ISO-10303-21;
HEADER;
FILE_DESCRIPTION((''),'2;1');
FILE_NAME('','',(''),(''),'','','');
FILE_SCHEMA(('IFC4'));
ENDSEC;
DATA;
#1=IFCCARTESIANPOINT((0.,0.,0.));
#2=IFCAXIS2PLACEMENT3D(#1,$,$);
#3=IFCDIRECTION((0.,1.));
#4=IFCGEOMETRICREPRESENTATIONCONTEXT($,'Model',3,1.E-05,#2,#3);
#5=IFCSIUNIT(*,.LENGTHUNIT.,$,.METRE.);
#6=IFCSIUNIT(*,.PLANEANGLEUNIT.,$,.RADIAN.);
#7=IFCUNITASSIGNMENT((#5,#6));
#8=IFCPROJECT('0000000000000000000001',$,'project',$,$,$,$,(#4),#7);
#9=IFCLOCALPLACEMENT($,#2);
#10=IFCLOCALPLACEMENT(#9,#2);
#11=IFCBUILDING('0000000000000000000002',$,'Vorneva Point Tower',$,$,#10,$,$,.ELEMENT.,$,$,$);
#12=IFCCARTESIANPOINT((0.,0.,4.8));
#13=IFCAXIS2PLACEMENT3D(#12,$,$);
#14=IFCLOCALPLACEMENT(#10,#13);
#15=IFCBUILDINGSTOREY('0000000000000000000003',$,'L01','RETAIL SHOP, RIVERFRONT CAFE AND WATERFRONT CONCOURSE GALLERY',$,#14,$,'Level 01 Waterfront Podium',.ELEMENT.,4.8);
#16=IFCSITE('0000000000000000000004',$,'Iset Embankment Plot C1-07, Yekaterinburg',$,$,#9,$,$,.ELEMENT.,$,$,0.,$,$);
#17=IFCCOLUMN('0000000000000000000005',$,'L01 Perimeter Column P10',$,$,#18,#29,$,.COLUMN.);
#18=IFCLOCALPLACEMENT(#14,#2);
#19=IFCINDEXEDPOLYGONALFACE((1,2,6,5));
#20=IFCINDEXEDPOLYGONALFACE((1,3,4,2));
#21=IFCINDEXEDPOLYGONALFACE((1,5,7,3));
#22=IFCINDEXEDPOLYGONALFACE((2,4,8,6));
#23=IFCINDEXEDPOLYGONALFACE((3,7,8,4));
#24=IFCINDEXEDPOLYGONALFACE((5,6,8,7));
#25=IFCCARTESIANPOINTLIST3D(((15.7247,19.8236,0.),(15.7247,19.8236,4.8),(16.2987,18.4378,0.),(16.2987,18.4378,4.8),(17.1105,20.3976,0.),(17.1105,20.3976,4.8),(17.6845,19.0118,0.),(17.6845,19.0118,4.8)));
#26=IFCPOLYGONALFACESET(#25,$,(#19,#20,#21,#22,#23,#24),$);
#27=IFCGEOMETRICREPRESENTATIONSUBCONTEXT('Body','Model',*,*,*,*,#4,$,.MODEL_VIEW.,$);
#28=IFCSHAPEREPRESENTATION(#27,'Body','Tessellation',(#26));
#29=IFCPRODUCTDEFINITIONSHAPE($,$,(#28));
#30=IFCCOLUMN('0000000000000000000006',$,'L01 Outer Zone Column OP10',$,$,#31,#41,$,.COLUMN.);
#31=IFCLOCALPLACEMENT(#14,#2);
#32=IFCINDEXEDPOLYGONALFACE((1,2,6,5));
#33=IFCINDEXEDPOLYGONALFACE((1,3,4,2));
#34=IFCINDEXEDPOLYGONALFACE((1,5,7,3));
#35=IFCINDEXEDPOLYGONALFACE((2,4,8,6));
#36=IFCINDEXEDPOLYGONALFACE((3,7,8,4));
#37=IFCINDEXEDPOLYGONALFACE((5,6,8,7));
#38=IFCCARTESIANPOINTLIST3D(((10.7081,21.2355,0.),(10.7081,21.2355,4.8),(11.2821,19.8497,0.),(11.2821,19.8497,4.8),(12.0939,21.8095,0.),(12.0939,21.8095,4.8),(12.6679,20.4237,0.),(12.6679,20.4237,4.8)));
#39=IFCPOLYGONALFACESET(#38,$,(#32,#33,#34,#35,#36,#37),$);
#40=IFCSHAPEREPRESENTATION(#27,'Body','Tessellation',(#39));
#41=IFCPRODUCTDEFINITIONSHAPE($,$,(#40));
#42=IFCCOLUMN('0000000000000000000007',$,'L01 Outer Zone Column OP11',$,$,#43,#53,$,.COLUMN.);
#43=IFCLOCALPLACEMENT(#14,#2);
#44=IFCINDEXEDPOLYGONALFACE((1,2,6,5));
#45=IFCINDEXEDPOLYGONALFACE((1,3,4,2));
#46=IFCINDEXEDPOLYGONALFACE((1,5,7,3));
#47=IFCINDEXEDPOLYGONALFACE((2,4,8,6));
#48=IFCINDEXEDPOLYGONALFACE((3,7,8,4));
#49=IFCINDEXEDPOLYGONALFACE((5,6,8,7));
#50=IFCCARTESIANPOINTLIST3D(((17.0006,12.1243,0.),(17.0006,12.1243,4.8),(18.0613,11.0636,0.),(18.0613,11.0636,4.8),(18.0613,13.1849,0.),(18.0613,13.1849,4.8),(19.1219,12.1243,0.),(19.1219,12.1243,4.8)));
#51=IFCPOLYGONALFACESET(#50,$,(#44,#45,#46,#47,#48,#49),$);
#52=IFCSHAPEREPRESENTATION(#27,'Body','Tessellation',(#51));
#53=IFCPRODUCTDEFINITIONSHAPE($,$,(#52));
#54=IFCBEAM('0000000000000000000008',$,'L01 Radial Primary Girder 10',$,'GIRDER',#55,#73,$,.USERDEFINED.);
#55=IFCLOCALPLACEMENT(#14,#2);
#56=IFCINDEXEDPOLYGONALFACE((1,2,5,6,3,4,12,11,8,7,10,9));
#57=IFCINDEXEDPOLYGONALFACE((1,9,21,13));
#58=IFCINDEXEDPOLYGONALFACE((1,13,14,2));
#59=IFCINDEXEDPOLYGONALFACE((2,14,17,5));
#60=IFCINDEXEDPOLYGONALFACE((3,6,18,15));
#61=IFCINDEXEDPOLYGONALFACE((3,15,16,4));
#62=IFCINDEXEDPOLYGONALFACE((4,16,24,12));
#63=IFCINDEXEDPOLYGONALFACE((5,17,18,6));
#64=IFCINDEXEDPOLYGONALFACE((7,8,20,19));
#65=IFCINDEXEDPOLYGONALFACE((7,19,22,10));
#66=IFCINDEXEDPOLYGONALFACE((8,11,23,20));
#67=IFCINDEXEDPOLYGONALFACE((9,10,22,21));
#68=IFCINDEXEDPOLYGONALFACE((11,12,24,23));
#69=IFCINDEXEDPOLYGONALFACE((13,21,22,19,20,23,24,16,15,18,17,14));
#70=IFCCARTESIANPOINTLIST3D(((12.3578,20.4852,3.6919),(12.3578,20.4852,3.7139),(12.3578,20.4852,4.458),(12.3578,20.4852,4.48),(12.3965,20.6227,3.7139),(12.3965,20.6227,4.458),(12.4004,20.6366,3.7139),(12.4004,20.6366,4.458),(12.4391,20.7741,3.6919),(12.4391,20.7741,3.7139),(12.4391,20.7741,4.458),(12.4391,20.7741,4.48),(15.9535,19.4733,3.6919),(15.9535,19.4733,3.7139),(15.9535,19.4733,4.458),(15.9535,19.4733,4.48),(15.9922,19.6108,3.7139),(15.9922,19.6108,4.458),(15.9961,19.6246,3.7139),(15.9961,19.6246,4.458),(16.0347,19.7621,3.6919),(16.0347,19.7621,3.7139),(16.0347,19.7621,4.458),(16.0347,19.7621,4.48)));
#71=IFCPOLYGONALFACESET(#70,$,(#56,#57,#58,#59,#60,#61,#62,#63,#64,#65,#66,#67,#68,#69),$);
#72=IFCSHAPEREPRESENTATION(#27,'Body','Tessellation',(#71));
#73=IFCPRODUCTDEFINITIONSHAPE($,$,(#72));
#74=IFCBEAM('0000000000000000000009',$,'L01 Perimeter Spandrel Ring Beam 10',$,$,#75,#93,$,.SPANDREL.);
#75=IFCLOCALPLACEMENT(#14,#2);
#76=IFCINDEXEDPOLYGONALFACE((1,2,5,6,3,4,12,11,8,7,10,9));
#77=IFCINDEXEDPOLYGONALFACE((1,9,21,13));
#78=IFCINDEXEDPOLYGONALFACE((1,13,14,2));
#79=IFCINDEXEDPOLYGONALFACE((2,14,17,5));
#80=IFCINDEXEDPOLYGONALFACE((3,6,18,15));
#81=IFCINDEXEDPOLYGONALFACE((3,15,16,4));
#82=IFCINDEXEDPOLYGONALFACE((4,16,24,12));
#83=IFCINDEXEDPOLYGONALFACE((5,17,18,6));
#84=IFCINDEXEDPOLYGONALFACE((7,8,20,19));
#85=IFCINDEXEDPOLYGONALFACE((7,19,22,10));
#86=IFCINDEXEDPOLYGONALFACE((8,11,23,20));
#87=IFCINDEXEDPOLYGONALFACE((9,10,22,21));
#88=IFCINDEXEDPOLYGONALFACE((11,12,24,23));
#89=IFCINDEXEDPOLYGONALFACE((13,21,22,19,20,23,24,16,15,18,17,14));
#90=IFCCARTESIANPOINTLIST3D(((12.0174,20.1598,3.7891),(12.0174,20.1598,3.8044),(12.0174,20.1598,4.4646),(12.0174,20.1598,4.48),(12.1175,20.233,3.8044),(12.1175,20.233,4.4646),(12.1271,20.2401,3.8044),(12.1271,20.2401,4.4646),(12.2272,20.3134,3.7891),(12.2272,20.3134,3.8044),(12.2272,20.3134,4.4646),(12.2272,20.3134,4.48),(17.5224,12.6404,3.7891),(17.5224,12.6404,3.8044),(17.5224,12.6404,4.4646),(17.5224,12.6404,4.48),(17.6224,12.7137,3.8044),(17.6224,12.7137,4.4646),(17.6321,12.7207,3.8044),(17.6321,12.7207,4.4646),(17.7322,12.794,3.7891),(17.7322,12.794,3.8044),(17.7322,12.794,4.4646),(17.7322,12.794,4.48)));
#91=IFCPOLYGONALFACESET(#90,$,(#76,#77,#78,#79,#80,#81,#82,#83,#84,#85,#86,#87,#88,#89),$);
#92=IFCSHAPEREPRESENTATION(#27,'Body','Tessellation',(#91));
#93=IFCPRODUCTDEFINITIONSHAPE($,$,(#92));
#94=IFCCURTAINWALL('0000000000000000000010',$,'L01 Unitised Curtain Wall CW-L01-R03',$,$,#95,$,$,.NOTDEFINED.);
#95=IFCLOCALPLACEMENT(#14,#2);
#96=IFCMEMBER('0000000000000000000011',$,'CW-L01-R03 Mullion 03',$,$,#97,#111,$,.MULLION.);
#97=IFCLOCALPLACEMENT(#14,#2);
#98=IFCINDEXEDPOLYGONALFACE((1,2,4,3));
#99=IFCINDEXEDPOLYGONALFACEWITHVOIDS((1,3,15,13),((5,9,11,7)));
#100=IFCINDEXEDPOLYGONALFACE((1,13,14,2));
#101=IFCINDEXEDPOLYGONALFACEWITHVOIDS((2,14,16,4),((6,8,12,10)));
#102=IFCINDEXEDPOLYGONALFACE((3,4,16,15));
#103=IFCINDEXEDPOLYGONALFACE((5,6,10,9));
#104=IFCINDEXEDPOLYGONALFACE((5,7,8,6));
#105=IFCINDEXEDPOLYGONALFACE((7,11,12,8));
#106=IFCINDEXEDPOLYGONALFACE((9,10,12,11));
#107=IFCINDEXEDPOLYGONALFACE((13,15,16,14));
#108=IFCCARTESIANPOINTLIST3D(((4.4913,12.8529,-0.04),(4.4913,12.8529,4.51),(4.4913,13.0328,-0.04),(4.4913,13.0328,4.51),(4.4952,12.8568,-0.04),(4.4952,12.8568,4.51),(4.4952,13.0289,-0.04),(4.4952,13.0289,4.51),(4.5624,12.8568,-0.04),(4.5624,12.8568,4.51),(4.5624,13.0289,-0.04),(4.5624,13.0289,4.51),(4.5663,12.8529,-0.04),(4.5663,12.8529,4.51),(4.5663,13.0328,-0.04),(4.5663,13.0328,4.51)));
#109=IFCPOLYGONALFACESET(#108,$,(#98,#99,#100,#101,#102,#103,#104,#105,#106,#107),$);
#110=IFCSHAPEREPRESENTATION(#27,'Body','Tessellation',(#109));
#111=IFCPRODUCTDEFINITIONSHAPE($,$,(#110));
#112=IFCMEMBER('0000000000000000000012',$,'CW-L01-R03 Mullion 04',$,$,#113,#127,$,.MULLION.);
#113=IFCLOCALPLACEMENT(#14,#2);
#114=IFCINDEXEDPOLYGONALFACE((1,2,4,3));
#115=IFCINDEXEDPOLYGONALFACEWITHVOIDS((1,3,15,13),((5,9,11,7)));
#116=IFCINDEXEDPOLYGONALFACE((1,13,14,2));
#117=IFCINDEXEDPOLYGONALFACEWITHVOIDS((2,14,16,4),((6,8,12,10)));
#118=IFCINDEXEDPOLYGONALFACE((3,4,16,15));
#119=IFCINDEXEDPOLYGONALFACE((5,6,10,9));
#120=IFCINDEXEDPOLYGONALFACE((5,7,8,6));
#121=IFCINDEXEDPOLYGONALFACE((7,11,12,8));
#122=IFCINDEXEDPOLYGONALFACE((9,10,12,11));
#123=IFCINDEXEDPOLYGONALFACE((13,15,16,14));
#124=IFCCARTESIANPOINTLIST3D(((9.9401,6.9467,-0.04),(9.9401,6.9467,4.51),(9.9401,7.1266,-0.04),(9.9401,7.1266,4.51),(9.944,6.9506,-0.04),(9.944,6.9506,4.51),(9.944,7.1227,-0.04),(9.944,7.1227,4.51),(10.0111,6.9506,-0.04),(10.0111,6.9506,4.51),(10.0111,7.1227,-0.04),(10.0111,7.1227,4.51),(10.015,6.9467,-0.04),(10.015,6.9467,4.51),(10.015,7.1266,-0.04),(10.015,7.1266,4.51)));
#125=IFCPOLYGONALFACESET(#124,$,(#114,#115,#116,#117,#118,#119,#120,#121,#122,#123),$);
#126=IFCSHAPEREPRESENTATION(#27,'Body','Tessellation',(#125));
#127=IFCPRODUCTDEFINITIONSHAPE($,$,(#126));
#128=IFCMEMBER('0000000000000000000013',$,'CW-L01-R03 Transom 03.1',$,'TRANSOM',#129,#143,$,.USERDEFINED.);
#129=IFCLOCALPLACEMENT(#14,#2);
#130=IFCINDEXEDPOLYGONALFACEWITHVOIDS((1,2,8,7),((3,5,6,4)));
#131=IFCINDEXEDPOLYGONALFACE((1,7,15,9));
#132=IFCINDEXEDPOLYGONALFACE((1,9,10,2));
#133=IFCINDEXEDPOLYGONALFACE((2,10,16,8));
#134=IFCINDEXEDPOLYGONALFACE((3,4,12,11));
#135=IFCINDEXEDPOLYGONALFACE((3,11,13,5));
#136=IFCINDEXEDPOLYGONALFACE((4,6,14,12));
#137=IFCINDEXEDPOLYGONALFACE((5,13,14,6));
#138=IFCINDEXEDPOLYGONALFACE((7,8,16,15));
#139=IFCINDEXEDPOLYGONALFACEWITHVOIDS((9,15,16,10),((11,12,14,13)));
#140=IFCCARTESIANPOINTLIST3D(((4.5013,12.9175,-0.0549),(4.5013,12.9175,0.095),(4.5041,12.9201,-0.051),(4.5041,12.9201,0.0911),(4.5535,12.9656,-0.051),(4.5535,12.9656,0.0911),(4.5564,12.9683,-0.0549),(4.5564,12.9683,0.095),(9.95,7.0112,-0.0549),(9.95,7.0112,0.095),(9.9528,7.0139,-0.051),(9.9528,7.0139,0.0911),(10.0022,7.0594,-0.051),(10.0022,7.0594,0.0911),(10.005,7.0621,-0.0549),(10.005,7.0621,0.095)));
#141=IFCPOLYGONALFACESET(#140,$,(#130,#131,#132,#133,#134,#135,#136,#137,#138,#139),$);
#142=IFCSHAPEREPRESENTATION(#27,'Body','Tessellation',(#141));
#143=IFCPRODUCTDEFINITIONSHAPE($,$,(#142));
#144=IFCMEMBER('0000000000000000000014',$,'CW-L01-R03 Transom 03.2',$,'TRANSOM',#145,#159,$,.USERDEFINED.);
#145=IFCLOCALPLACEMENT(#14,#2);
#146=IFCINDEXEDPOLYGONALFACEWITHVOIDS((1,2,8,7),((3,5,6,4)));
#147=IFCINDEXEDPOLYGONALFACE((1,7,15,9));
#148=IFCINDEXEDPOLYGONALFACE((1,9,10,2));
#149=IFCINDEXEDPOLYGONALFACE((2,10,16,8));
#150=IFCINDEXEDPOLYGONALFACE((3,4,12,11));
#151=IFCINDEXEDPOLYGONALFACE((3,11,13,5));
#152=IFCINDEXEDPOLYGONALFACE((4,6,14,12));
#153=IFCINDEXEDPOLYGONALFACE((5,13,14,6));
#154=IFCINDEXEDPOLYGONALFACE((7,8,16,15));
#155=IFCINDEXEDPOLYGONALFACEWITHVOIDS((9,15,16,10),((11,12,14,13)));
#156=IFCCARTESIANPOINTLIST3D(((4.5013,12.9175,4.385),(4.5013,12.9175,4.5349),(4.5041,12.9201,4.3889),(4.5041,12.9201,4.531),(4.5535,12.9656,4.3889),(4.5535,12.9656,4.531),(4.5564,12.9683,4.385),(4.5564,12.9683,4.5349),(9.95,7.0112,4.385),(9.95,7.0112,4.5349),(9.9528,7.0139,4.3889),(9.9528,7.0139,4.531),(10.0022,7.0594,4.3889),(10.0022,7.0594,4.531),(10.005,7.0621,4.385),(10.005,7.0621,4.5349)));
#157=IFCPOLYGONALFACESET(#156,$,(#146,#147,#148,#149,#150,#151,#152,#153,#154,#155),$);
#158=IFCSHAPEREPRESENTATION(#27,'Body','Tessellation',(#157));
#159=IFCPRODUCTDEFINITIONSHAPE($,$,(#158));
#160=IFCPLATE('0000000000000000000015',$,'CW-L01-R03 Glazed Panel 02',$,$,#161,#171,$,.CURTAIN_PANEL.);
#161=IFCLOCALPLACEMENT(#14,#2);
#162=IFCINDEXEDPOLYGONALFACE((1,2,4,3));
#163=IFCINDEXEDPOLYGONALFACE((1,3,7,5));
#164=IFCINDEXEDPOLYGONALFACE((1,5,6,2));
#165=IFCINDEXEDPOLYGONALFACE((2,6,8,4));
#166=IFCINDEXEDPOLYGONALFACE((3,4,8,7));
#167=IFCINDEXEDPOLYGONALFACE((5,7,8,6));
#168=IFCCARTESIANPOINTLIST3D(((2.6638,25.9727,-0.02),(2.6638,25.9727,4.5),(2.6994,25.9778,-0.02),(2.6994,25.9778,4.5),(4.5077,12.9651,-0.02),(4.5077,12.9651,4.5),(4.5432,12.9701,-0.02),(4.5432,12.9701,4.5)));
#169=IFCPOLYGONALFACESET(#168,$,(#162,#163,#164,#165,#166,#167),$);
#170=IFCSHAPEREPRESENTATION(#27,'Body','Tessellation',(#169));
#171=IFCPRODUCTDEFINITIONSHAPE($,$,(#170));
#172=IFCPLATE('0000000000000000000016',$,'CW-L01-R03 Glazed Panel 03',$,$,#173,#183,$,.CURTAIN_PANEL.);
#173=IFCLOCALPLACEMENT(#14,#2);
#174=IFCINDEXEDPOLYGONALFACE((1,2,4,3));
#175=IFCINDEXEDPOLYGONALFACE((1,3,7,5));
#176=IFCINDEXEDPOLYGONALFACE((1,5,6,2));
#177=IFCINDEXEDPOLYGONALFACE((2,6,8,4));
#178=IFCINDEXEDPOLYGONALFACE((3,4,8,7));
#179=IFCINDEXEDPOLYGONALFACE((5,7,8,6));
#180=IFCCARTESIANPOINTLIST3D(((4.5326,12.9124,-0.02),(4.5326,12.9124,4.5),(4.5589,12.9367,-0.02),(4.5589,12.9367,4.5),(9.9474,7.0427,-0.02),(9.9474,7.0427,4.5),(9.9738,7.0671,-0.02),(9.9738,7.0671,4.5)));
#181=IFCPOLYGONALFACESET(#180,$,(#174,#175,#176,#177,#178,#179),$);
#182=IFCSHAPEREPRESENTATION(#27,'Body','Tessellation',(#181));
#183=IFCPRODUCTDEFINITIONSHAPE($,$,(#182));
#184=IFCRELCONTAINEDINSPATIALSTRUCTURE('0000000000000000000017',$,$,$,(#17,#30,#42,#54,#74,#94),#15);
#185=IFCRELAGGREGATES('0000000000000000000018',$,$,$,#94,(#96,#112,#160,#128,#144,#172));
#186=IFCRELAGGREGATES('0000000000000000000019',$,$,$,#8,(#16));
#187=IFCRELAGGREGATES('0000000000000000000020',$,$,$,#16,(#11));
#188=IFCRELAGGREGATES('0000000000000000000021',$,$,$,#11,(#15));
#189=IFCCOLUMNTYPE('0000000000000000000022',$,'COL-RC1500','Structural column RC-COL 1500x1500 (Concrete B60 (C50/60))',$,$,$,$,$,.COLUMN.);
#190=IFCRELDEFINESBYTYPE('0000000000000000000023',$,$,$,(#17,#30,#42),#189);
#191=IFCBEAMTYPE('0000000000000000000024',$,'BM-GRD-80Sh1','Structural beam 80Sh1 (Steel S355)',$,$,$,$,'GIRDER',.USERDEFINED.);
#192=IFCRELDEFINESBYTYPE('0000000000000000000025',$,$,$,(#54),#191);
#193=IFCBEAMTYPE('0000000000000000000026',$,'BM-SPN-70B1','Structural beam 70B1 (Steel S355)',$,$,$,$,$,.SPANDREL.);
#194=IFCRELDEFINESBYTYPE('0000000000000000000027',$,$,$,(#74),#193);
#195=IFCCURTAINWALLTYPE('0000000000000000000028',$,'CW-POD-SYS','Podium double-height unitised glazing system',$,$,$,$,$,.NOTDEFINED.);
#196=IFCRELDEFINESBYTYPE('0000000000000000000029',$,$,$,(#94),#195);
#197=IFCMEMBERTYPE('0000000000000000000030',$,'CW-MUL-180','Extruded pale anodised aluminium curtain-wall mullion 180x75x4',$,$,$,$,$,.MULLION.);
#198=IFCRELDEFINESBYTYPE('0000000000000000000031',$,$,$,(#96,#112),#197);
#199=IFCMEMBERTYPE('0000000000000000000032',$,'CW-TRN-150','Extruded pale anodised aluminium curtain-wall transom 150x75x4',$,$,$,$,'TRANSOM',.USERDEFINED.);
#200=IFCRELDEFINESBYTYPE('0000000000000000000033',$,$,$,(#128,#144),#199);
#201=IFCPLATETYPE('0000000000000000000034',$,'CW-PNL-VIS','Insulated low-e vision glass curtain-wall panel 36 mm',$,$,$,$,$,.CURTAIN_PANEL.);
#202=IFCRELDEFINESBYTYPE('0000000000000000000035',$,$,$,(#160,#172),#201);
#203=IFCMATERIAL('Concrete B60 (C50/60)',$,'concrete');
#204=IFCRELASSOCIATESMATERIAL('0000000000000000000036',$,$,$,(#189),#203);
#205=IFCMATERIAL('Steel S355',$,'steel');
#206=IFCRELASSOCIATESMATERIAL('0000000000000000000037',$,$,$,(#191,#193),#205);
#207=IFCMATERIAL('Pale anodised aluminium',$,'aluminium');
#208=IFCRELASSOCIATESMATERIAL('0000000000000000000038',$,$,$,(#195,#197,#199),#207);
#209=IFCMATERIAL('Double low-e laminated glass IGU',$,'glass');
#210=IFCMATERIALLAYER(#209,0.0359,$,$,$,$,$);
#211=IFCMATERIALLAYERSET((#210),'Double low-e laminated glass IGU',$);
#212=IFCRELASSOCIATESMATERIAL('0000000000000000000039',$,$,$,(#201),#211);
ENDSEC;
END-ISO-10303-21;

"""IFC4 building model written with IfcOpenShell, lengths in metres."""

from ifc_helpers import new_model, si_unit, direction, frame, origin, origin_2d, place, context, subcontext, project, spatial, rectangle, hollow_rectangle, i_section, extrude, material, layer, layer_set, material_profile, profile_set, type_object, element, aggregate, save


model = new_model("IFC4")

# Units and contexts
model_context = context("Model", 3, precision=1e-05, world=origin(), true_north=direction((0.0, 1.0)))
body_context = subcontext(model_context, "Body", "Model", "MODEL_VIEW")
ifc_project = project(units=[si_unit("LENGTHUNIT", "METRE"), si_unit("PLANEANGLEUNIT", "RADIAN")], contexts=[model_context])

# Site, building, storey
site_placement = place(None, origin())
site = spatial("IfcSite", under=ifc_project, at=site_placement, Name="Iset Embankment Plot C1-07, Yekaterinburg", CompositionType="ELEMENT", RefElevation=0.0)
building_placement = place(site_placement, origin())
building = spatial("IfcBuilding", under=site, at=building_placement, Name="Vorneva Point Tower", CompositionType="ELEMENT")
storey_placement = place(building_placement, frame((0.0, 0.0, 4.8)))
storey = spatial("IfcBuildingStorey", under=building, at=storey_placement, Name="L01", Description="RETAIL SHOP, RIVERFRONT CAFE AND WATERFRONT CONCOURSE GALLERY", LongName="Level 01 Waterfront Podium", CompositionType="ELEMENT", Elevation=4.8)

# Columns
ifc_material_1 = material(Name="Concrete B60 (C50/60)", Category="concrete")
ifc_material_profile_1 = material_profile(ifc_material_1, rectangle(XDim=1.5, YDim=1.5, at=origin_2d()), Name="RC-COL 1500x1500")
ifc_profile_set_1 = profile_set([ifc_material_profile_1], Name="Concrete B60 (C50/60)")
column_type = type_object("IfcColumnType", Name="COL-RC1500", Description="Structural column RC-COL 1500x1500 (Concrete B60 (C50/60))", PredefinedType="COLUMN", material=ifc_profile_set_1)
for number, where, z_axis, x_axis, name in (
    (1, (16.7046, 19.4177, 0.0), (0.0, 0.0, 1.0), (-0.92388, -0.382683, 0.0), "L01 Perimeter Column P10"),
    (2, (11.688, 20.8296, 0.0), (0.0, 0.0, 1.0), (-0.92388, -0.382683, 0.0), "L01 Outer Zone Column OP10"),
    (3, (18.0613, 12.1243, 0.0), (0.0, 0.0, 1.0), (-0.707107, -0.707107, 0.0), "L01 Outer Zone Column OP11"),
):
    element("IfcColumn", number, at=place(storey_placement, frame(where, z_axis=z_axis, x_axis=x_axis)), inside=storey, type_object=column_type, Name=name, PredefinedType="COLUMN", context=body_context, shape_type="SweptSolid", body=[
        extrude(rectangle(XDim=1.5, YDim=1.5, at=origin_2d()), origin(), (0.0, 0.0, 1.0), 4.8),
    ])

# Beams
ifc_material_2 = material(Name="Steel S355", Category="steel")
ifc_material_profile_2 = material_profile(ifc_material_2, i_section(OverallWidth=0.3, OverallDepth=0.7881, WebThickness=0.0144, FlangeThickness=0.022, at=origin_2d()), Name="80Sh1")
ifc_profile_set_2 = profile_set([ifc_material_profile_2], Name="Steel S355")
beam_type_1 = type_object("IfcBeamType", Name="BM-GRD-80Sh1", Description="Structural beam 80Sh1 (Steel S355)", ElementType="GIRDER", PredefinedType="USERDEFINED", material=ifc_profile_set_2)
beam_1_placement = place(storey_placement, frame((12.3984, 20.6296, 4.0859), z_axis=(0.962604, -0.270912, 0.0), x_axis=(0.270912, 0.962604, 0.0)))
element("IfcBeam", 4, at=beam_1_placement, inside=storey, type_object=beam_type_1, Name="L01 Radial Primary Girder 10", ObjectType="GIRDER", PredefinedType="USERDEFINED", context=body_context, shape_type="SweptSolid", body=[
    extrude(i_section(OverallWidth=0.3, OverallDepth=0.7881, WebThickness=0.0144, FlangeThickness=0.022, at=origin_2d()), origin(), (0.0, 0.0, 1.0), 3.7354),
])
ifc_material_profile_3 = material_profile(ifc_material_2, i_section(OverallWidth=0.26, OverallDepth=0.6909, WebThickness=0.012, FlangeThickness=0.0154, at=origin_2d()), Name="70B1")
ifc_profile_set_3 = profile_set([ifc_material_profile_3], Name="Steel S355")
beam_type_2 = type_object("IfcBeamType", Name="BM-SPN-70B1", Description="Structural beam 70B1 (Steel S355)", PredefinedType="SPANDREL", material=ifc_profile_set_3)
beam_2_placement = place(storey_placement, frame((12.1223, 20.2366, 4.1345), z_axis=(0.590717, -0.806879, 0.0), x_axis=(0.806879, 0.590717, 0.0)))
element("IfcBeam", 5, at=beam_2_placement, inside=storey, type_object=beam_type_2, Name="L01 Perimeter Spandrel Ring Beam 10", PredefinedType="SPANDREL", context=body_context, shape_type="SweptSolid", body=[
    extrude(i_section(OverallWidth=0.26, OverallDepth=0.6909, WebThickness=0.012, FlangeThickness=0.0154, at=origin_2d()), origin(), (0.0, 0.0, 1.0), 9.3191),
])

# Curtain wall, members, plates
ifc_material_3 = material(Name="Pale anodised aluminium", Category="aluminium")
curtain_wall_type = type_object("IfcCurtainWallType", Name="CW-POD-SYS", Description="Podium double-height unitised glazing system", PredefinedType="NOTDEFINED", material=ifc_material_3)
curtain_wall_placement = place(storey_placement, origin())
curtain_wall = element("IfcCurtainWall", 6, at=curtain_wall_placement, inside=storey, type_object=curtain_wall_type, Name="L01 Unitised Curtain Wall CW-L01-R03", PredefinedType="NOTDEFINED")
ifc_material_profile_4 = material_profile(ifc_material_3, hollow_rectangle(XDim=0.075, YDim=0.1799, WallThickness=0.0039, at=origin_2d()), Name="AL-MUL 180x75x4")
ifc_profile_set_4 = profile_set([ifc_material_profile_4], Name="Pale anodised aluminium")
member_type_1 = type_object("IfcMemberType", Name="CW-MUL-180", Description="Extruded pale anodised aluminium curtain-wall mullion 180x75x4", PredefinedType="MULLION", material=ifc_profile_set_4)
member_1_placement = place(storey_placement, frame((4.5288, 12.9429, -0.04), z_axis=(0.0, 0.0, 1.0), x_axis=(1.0, 0.0, 0.0)))
member_1 = element("IfcMember", 7, at=member_1_placement, type_object=member_type_1, Name="CW-L01-R03 Mullion 03", PredefinedType="MULLION", context=body_context, shape_type="SweptSolid", body=[
    extrude(hollow_rectangle(XDim=0.075, YDim=0.1799, WallThickness=0.0039, at=origin_2d()), origin(), (0.0, 0.0, 1.0), 4.55),
])
member_2_placement = place(storey_placement, frame((9.9775, 7.0366, -0.04), z_axis=(0.0, 0.0, 1.0), x_axis=(1.0, 0.0, 0.0)))
member_2 = element("IfcMember", 8, at=member_2_placement, type_object=member_type_1, Name="CW-L01-R03 Mullion 04", PredefinedType="MULLION", context=body_context, shape_type="SweptSolid", body=[
    extrude(hollow_rectangle(XDim=0.075, YDim=0.1799, WallThickness=0.0039, at=origin_2d()), origin(), (0.0, 0.0, 1.0), 4.55),
])
ifc_material_profile_5 = material_profile(ifc_material_3, hollow_rectangle(XDim=0.075, YDim=0.1499, WallThickness=0.0039, at=origin_2d()), Name="AL-TRN 150x75x4")
ifc_profile_set_5 = profile_set([ifc_material_profile_5], Name="Pale anodised aluminium")
member_type_2 = type_object("IfcMemberType", Name="CW-TRN-150", Description="Extruded pale anodised aluminium curtain-wall transom 150x75x4", ElementType="TRANSOM", PredefinedType="USERDEFINED", material=ifc_profile_set_5)
member_3_placement = place(storey_placement, frame((4.5288, 12.9429, 0.02), z_axis=(0.678066, -0.735001, 0.0), x_axis=(0.735001, 0.678066, 0.0)))
member_3 = element("IfcMember", 9, at=member_3_placement, type_object=member_type_2, Name="CW-L01-R03 Transom 03.1", ObjectType="TRANSOM", PredefinedType="USERDEFINED", context=body_context, shape_type="SweptSolid", body=[
    extrude(hollow_rectangle(XDim=0.075, YDim=0.1499, WallThickness=0.0039, at=origin_2d()), origin(), (0.0, 0.0, 1.0), 8.0356),
])
member_4_placement = place(storey_placement, frame((4.5288, 12.9429, 4.46), z_axis=(0.678066, -0.735001, 0.0), x_axis=(0.735001, 0.678066, 0.0)))
member_4 = element("IfcMember", 10, at=member_4_placement, type_object=member_type_2, Name="CW-L01-R03 Transom 03.2", ObjectType="TRANSOM", PredefinedType="USERDEFINED", context=body_context, shape_type="SweptSolid", body=[
    extrude(hollow_rectangle(XDim=0.075, YDim=0.1499, WallThickness=0.0039, at=origin_2d()), origin(), (0.0, 0.0, 1.0), 8.0356),
])
ifc_material_4 = material(Name="Double low-e laminated glass IGU", Category="glass")
ifc_layer_1 = layer(ifc_material_4, 0.0359)
ifc_layer_set_1 = layer_set([ifc_layer_1], Name="Double low-e laminated glass IGU")
plate_type = type_object("IfcPlateType", Name="CW-PNL-VIS", Description="Insulated low-e vision glass curtain-wall panel 36 mm", PredefinedType="CURTAIN_PANEL", material=ifc_layer_set_1)
plate_1_placement = place(storey_placement, frame((3.6035, 19.4714, -0.02), z_axis=(0.0, 0.0, 1.0), x_axis=(0.140348, -0.990102, 0.0)))
plate_1 = element("IfcPlate", 11, at=plate_1_placement, type_object=plate_type, Name="CW-L01-R03 Glazed Panel 02", PredefinedType="CURTAIN_PANEL", context=body_context, shape_type="SweptSolid", body=[
    extrude(rectangle(XDim=13.1377, YDim=0.0359, at=origin_2d()), origin(), (0.0, 0.0, 1.0), 4.52),
])
plate_2_placement = place(storey_placement, frame((7.2532, 9.9897, -0.02), z_axis=(0.0, 0.0, 1.0), x_axis=(0.678057, -0.735009, 0.0)))
plate_2 = element("IfcPlate", 12, at=plate_2_placement, type_object=plate_type, Name="CW-L01-R03 Glazed Panel 03", PredefinedType="CURTAIN_PANEL", context=body_context, shape_type="SweptSolid", body=[
    extrude(rectangle(XDim=7.9858, YDim=0.0359, at=origin_2d()), origin(), (0.0, 0.0, 1.0), 4.52),
])
aggregate(curtain_wall, [member_1, member_2, plate_1, member_3, member_4, plate_2])

save(model, "model.ifc")
